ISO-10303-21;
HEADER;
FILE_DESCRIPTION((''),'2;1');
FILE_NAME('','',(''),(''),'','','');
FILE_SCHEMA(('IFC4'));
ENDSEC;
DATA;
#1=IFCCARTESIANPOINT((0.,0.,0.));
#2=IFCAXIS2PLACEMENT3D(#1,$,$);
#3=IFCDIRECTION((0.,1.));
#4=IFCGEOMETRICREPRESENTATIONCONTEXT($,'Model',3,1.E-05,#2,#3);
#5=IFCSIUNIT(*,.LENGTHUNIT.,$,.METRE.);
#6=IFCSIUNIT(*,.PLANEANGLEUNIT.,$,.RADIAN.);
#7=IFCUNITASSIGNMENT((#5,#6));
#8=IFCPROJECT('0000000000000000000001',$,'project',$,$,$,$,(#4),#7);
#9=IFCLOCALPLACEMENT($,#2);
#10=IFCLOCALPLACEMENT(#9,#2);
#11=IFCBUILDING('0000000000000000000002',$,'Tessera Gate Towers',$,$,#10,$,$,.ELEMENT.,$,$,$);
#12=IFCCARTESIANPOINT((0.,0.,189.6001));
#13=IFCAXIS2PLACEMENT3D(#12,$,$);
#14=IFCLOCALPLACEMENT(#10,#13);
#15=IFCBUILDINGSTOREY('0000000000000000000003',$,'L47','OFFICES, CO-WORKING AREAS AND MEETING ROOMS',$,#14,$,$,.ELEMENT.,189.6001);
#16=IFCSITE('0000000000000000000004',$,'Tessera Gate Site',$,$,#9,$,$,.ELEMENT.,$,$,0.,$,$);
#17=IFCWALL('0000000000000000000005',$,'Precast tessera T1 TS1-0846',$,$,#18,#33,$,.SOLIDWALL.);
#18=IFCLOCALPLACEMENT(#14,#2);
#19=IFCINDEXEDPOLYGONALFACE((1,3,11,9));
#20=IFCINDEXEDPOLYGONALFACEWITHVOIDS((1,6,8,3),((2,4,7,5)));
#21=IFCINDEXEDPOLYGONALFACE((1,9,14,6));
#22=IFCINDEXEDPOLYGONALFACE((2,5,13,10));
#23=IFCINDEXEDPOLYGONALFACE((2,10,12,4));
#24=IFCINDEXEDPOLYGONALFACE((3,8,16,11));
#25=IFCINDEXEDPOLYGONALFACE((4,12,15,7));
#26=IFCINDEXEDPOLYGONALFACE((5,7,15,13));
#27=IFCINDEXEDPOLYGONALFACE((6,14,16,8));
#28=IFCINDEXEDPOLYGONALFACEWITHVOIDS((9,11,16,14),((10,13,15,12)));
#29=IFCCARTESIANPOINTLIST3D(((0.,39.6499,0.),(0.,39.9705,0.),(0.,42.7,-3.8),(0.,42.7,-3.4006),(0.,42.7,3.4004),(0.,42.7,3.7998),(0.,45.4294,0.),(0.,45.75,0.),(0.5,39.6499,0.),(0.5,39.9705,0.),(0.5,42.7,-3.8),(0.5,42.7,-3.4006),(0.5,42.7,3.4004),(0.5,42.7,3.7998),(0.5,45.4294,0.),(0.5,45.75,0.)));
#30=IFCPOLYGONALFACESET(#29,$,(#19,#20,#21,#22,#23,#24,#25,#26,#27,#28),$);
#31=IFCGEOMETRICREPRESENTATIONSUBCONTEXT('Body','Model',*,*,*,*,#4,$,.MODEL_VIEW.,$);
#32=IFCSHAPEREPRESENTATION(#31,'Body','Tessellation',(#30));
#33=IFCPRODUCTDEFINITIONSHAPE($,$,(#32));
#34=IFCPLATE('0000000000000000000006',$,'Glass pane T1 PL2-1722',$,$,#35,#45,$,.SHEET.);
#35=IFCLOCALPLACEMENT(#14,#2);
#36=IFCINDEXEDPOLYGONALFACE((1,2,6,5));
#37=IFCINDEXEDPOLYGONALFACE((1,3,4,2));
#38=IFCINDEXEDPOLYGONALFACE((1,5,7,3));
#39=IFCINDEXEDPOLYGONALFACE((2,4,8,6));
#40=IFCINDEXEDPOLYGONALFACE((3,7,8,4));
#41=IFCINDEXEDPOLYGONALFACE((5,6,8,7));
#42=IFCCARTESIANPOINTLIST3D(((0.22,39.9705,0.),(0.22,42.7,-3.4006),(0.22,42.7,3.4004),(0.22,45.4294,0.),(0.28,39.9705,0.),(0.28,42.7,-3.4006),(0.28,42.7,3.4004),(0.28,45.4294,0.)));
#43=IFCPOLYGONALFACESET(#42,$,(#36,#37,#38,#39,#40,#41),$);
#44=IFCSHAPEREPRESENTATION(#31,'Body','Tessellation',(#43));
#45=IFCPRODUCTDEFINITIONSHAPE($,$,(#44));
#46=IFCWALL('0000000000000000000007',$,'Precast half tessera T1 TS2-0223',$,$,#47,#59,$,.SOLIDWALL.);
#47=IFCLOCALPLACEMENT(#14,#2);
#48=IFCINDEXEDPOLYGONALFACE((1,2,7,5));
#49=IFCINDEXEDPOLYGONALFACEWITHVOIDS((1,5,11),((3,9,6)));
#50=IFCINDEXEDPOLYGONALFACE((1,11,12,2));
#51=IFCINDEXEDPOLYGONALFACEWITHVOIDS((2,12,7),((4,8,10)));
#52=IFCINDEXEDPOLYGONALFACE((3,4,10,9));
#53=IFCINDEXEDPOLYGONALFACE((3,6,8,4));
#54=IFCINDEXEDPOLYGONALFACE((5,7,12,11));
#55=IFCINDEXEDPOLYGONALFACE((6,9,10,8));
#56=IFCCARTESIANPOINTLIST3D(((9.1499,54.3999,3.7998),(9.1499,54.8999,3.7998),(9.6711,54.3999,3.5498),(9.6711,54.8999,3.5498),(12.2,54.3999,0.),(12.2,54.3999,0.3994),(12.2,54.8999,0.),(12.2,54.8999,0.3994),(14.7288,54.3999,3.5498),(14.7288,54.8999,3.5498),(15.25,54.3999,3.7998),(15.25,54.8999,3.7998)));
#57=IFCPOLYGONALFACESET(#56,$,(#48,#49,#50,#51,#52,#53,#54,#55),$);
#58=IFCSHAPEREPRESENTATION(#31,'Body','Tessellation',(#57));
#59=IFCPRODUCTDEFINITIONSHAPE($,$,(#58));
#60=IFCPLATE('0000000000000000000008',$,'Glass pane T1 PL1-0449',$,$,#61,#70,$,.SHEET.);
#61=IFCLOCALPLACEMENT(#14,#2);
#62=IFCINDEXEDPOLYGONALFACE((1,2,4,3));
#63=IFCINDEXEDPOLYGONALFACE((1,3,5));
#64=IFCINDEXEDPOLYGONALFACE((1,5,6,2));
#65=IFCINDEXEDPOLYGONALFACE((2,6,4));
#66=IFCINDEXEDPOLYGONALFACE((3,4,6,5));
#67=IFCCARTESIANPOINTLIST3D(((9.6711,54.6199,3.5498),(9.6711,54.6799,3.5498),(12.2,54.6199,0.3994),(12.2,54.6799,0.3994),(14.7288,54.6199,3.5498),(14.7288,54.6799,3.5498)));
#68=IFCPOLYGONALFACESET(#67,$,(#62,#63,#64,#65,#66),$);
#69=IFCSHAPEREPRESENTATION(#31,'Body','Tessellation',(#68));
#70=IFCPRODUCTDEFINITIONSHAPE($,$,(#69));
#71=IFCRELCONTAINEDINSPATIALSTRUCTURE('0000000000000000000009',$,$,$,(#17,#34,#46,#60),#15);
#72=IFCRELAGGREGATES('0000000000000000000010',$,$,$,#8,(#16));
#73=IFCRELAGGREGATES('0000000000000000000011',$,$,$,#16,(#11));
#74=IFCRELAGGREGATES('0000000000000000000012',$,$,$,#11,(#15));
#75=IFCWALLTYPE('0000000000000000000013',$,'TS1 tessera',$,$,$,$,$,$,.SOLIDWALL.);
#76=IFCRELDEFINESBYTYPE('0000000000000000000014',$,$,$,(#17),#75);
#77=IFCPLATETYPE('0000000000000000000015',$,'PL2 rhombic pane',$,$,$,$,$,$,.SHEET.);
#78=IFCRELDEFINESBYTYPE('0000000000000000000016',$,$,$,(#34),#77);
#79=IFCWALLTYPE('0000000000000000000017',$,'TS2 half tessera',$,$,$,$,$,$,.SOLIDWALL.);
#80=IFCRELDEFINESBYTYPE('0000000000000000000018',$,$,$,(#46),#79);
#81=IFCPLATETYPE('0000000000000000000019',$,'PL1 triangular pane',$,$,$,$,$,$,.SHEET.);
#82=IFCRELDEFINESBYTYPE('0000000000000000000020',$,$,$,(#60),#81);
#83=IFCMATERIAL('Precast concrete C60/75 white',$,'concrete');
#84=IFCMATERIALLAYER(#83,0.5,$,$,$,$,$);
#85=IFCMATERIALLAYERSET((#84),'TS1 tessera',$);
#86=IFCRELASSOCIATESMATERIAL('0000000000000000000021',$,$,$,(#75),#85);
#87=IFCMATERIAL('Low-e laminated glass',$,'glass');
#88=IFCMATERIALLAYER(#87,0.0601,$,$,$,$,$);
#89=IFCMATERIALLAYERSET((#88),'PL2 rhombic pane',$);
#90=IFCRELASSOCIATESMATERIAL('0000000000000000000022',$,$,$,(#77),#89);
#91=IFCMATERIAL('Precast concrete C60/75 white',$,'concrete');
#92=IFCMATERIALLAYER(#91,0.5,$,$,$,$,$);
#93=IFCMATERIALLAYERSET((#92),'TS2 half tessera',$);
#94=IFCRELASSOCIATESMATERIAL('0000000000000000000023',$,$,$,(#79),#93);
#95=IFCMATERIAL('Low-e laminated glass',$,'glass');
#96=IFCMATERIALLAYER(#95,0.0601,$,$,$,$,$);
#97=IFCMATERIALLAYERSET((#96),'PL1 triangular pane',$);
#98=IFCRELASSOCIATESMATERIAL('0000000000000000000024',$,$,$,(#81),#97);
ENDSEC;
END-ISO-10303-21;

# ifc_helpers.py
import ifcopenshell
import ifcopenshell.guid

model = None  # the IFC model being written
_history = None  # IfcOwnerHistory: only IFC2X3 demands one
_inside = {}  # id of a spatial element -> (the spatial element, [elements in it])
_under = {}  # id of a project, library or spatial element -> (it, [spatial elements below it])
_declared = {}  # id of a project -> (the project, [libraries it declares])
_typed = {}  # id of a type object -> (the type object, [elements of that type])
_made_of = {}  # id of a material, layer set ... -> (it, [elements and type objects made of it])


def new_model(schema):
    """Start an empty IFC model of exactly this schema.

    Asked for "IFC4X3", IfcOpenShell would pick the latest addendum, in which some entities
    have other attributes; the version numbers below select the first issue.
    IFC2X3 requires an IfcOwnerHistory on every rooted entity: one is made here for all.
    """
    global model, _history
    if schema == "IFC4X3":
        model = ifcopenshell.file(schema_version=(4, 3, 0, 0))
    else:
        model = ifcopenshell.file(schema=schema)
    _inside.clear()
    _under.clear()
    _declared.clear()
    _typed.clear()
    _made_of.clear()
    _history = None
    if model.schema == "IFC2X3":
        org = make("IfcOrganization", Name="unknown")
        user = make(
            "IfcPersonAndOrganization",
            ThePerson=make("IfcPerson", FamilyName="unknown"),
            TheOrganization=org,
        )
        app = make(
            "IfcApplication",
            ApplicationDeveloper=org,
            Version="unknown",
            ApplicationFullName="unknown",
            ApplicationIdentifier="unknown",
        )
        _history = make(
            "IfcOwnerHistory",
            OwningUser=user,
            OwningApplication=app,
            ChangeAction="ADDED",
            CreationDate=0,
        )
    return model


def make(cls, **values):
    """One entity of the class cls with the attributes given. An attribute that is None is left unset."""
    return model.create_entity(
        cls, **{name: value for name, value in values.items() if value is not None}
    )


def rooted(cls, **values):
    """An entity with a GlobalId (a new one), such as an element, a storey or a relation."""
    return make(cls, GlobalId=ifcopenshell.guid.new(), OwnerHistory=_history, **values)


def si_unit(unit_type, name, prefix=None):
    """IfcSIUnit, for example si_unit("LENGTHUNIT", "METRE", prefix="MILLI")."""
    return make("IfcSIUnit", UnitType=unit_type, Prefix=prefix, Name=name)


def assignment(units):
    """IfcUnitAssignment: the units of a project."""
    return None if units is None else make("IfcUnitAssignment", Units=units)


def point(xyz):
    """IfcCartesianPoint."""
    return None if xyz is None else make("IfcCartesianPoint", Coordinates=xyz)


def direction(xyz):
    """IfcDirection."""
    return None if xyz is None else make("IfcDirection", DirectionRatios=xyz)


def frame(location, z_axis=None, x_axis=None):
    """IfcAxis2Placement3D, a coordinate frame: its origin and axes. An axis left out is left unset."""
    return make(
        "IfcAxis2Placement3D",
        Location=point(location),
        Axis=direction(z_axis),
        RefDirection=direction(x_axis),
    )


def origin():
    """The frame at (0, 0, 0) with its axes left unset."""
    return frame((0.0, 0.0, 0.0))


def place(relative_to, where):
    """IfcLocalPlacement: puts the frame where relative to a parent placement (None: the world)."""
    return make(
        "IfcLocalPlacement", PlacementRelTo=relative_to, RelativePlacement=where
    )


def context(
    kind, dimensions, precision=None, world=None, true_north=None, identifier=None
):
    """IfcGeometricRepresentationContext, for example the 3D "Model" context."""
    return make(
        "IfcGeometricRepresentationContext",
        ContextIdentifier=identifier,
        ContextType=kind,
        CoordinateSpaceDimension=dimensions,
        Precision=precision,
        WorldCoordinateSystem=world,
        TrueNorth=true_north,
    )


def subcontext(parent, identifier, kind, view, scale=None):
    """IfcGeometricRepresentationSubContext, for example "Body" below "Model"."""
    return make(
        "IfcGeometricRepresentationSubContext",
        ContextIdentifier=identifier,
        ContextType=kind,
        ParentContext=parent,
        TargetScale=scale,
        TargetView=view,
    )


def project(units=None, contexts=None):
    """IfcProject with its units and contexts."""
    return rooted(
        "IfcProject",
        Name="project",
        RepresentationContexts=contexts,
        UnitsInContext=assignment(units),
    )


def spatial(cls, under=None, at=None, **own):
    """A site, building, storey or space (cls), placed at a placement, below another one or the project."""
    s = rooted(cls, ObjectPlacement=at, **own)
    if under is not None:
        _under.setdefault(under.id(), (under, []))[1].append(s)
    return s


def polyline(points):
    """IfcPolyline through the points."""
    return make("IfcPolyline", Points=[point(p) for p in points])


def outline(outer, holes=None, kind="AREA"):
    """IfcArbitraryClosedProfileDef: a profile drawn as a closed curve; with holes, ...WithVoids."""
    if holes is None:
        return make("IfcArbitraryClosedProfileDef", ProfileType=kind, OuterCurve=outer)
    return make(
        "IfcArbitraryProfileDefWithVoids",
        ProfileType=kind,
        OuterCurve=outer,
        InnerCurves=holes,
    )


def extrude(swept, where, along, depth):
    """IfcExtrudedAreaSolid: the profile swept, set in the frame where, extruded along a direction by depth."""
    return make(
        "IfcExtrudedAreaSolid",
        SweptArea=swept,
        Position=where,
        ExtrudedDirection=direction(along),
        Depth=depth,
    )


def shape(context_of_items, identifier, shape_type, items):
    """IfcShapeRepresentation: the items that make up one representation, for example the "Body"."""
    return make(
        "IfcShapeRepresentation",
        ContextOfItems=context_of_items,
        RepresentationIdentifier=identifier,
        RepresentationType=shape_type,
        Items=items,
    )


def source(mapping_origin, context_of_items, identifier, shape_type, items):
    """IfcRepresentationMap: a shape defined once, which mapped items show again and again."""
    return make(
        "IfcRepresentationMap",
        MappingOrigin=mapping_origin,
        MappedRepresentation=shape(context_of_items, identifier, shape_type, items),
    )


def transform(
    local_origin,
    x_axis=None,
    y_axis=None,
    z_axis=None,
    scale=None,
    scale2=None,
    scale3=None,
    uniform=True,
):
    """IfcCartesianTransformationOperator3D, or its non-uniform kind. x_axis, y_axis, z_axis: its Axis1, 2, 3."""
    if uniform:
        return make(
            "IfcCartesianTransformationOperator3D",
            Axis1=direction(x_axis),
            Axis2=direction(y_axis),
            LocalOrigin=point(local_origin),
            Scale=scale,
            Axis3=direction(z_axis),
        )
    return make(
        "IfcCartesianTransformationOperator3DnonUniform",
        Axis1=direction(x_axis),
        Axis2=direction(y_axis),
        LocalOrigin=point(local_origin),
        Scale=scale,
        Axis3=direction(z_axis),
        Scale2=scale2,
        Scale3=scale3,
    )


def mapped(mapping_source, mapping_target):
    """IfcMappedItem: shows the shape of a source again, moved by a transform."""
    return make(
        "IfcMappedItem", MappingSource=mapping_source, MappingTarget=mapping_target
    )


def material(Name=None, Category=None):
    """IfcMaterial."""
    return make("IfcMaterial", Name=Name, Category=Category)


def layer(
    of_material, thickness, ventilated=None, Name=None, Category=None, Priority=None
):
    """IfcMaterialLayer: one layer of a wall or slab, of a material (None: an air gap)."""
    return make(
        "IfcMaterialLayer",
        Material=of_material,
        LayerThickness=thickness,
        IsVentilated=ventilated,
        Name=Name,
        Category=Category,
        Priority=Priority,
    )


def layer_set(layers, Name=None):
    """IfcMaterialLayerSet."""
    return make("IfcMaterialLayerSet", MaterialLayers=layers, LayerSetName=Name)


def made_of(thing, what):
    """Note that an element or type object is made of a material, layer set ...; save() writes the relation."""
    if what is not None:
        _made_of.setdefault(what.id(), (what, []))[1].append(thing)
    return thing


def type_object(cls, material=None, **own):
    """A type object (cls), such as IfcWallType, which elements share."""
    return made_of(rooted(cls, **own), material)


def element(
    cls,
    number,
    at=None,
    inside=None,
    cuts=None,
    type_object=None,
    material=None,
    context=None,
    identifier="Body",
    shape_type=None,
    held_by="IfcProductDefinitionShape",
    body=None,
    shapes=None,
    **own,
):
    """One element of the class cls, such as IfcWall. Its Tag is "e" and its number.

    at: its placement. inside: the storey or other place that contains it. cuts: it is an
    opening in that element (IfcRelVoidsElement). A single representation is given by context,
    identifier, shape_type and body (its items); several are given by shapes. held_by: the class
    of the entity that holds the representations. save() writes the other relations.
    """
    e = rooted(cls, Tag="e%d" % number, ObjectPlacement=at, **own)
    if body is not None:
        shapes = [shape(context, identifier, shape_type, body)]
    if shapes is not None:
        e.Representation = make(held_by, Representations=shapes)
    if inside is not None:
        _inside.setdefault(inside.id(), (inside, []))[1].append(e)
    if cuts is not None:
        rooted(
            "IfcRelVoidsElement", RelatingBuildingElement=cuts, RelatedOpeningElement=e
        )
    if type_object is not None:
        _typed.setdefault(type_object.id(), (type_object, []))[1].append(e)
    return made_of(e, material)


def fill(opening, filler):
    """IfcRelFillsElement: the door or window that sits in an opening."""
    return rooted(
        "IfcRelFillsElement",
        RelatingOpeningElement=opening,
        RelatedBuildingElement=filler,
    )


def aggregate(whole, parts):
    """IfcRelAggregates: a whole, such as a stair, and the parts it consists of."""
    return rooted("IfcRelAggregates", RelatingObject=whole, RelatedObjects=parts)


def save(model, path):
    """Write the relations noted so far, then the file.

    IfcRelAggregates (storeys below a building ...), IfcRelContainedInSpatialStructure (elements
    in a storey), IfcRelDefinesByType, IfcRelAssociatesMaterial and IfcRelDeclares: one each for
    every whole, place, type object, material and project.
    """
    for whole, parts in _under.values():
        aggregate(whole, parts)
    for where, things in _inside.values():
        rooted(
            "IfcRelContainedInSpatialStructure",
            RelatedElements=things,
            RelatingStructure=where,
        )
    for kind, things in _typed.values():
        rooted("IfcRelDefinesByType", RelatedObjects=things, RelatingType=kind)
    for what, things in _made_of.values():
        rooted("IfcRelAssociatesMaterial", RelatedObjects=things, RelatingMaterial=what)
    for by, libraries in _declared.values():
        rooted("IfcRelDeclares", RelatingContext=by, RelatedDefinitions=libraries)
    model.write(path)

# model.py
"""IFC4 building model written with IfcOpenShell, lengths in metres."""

from ifc_helpers import new_model, si_unit, direction, frame, origin, place, context, subcontext, project, spatial, polyline, outline, extrude, source, transform, mapped, material, layer, layer_set, type_object, element, fill, save


model = new_model("IFC4")

# Units and contexts
model_context = context("Model", 3, precision=1e-05, world=origin(), true_north=direction((0.0, 1.0)))
body_context = subcontext(model_context, "Body", "Model", "MODEL_VIEW")
ifc_project = project(units=[si_unit("LENGTHUNIT", "METRE"), si_unit("PLANEANGLEUNIT", "RADIAN")], contexts=[model_context])

# Site, building, storey
site_placement = place(None, origin())
site = spatial("IfcSite", under=ifc_project, at=site_placement, Name="Tessera Gate Site", CompositionType="ELEMENT", RefElevation=0.0)
building_placement = place(site_placement, origin())
building = spatial("IfcBuilding", under=site, at=building_placement, Name="Tessera Gate Towers", CompositionType="ELEMENT")
storey_placement = place(building_placement, frame((0.0, 0.0, 189.6001)))
storey = spatial("IfcBuildingStorey", under=building, at=storey_placement, Name="L47", Description="OFFICES, CO-WORKING AREAS AND MEETING ROOMS", CompositionType="ELEMENT", Elevation=189.6001)

# Walls, openings, plates
ifc_material_1 = material(Name="Precast concrete C60/75 white", Category="concrete")
ifc_layer_1 = layer(ifc_material_1, 0.5)
ifc_layer_set_1 = layer_set([ifc_layer_1], Name="TS1 tessera")
wall_type_1 = type_object("IfcWallType", Name="TS1 tessera", PredefinedType="SOLIDWALL", material=ifc_layer_set_1)
shared_shape_1 = source(origin(), body_context, "Body", "SweptSolid", [
    extrude(outline(polyline([(3.05, 0.0), (6.1001, 3.8), (3.05, 7.5999), (0.0, 3.8), (3.05, 0.0)])), frame((0.0, 0.25, 0.0), z_axis=(0.0, -1.0, 0.0), x_axis=(1.0, 0.0, 0.0)), (0.0, 0.0, 1.0), 0.5),
])
wall_1_placement = place(storey_placement, frame((0.25, 45.75, -3.8), z_axis=(0.0, 0.0, 1.0), x_axis=(0.0, -1.0, 0.0)))
wall_1 = element("IfcWall", 1, at=wall_1_placement, inside=storey, type_object=wall_type_1, Name="Precast tessera T1 TS1-0846", PredefinedType="SOLIDWALL", context=body_context, shape_type="MappedRepresentation", body=[
    mapped(shared_shape_1, transform((0.0, 0.0, 0.0), scale=1.0)),
])
shared_shape_2 = source(origin(), body_context, "Body", "SweptSolid", [
    extrude(outline(polyline([(3.05, 0.3994), (5.7795, 3.8), (3.05, 7.2004), (0.3206, 3.8), (3.05, 0.3994)])), frame((0.0, 0.26, 0.0), z_axis=(0.0, -1.0, 0.0), x_axis=(1.0, 0.0, 0.0)), (0.0, 0.0, 1.0), 0.52),
])
opening_1_placement = place(wall_1_placement, origin())
opening_1 = element("IfcOpeningElement", 2, at=opening_1_placement, cuts=wall_1, PredefinedType="OPENING", context=body_context, shape_type="MappedRepresentation", body=[
    mapped(shared_shape_2, transform((0.0, 0.0, 0.0), scale=1.0)),
])
ifc_material_2 = material(Name="Low-e laminated glass", Category="glass")
ifc_layer_2 = layer(ifc_material_2, 0.0601)
ifc_layer_set_2 = layer_set([ifc_layer_2], Name="PL2 rhombic pane")
plate_type_1 = type_object("IfcPlateType", Name="PL2 rhombic pane", PredefinedType="SHEET", material=ifc_layer_set_2)
shared_shape_3 = source(origin(), body_context, "Body", "SweptSolid", [
    extrude(outline(polyline([(3.05, 0.3994), (5.7795, 3.8), (3.05, 7.2004), (0.3206, 3.8), (3.05, 0.3994)])), frame((0.0, 0.03, 0.0), z_axis=(0.0, -1.0, 0.0), x_axis=(1.0, 0.0, 0.0)), (0.0, 0.0, 1.0), 0.0601),
])
plate_1_placement = place(opening_1_placement, origin())
plate_1 = element("IfcPlate", 3, at=plate_1_placement, inside=storey, type_object=plate_type_1, Name="Glass pane T1 PL2-1722", PredefinedType="SHEET", context=body_context, shape_type="MappedRepresentation", body=[
    mapped(shared_shape_3, transform((0.0, 0.0, 0.0), scale=1.0)),
])
fill(opening_1, plate_1)
ifc_material_3 = material(Name="Precast concrete C60/75 white", Category="concrete")
ifc_layer_3 = layer(ifc_material_3, 0.5)
ifc_layer_set_3 = layer_set([ifc_layer_3], Name="TS2 half tessera")
wall_type_2 = type_object("IfcWallType", Name="TS2 half tessera", PredefinedType="SOLIDWALL", material=ifc_layer_set_3)
shared_shape_4 = source(origin(), body_context, "Body", "SweptSolid", [
    extrude(outline(polyline([(3.05, 0.0), (6.1001, 3.7998), (0.0, 3.7998), (3.05, 0.0)])), frame((0.0, 0.25, 0.0), z_axis=(0.0, -1.0, 0.0), x_axis=(1.0, 0.0, 0.0)), (0.0, 0.0, 1.0), 0.5),
])
wall_2_placement = place(storey_placement, frame((15.25, 54.6499, 0.0), z_axis=(0.0, 0.0, 1.0), x_axis=(-1.0, 0.0, 0.0)))
wall_2 = element("IfcWall", 4, at=wall_2_placement, inside=storey, type_object=wall_type_2, Name="Precast half tessera T1 TS2-0223", PredefinedType="SOLIDWALL", context=body_context, shape_type="MappedRepresentation", body=[
    mapped(shared_shape_4, transform((0.0, 0.0, 0.0), scale=1.0)),
])
shared_shape_5 = source(origin(), body_context, "Body", "SweptSolid", [
    extrude(outline(polyline([(3.05, 0.3994), (5.5789, 3.5498), (0.5212, 3.5498), (3.05, 0.3994)])), frame((0.0, 0.26, 0.0), z_axis=(0.0, -1.0, 0.0), x_axis=(1.0, 0.0, 0.0)), (0.0, 0.0, 1.0), 0.52),
])
opening_2_placement = place(wall_2_placement, origin())
opening_2 = element("IfcOpeningElement", 5, at=opening_2_placement, cuts=wall_2, PredefinedType="OPENING", context=body_context, shape_type="MappedRepresentation", body=[
    mapped(shared_shape_5, transform((0.0, 0.0, 0.0), scale=1.0)),
])
ifc_material_4 = material(Name="Low-e laminated glass", Category="glass")
ifc_layer_4 = layer(ifc_material_4, 0.0601)
ifc_layer_set_4 = layer_set([ifc_layer_4], Name="PL1 triangular pane")
plate_type_2 = type_object("IfcPlateType", Name="PL1 triangular pane", PredefinedType="SHEET", material=ifc_layer_set_4)
shared_shape_6 = source(origin(), body_context, "Body", "SweptSolid", [
    extrude(outline(polyline([(3.05, 0.3994), (5.5789, 3.5498), (0.5212, 3.5498), (3.05, 0.3994)])), frame((0.0, 0.03, 0.0), z_axis=(0.0, -1.0, 0.0), x_axis=(1.0, 0.0, 0.0)), (0.0, 0.0, 1.0), 0.0601),
])
plate_2_placement = place(opening_2_placement, origin())
plate_2 = element("IfcPlate", 6, at=plate_2_placement, inside=storey, type_object=plate_type_2, Name="Glass pane T1 PL1-0449", PredefinedType="SHEET", context=body_context, shape_type="MappedRepresentation", body=[
    mapped(shared_shape_6, transform((0.0, 0.0, 0.0), scale=1.0)),
])
fill(opening_2, plate_2)

save(model, "model.ifc")
